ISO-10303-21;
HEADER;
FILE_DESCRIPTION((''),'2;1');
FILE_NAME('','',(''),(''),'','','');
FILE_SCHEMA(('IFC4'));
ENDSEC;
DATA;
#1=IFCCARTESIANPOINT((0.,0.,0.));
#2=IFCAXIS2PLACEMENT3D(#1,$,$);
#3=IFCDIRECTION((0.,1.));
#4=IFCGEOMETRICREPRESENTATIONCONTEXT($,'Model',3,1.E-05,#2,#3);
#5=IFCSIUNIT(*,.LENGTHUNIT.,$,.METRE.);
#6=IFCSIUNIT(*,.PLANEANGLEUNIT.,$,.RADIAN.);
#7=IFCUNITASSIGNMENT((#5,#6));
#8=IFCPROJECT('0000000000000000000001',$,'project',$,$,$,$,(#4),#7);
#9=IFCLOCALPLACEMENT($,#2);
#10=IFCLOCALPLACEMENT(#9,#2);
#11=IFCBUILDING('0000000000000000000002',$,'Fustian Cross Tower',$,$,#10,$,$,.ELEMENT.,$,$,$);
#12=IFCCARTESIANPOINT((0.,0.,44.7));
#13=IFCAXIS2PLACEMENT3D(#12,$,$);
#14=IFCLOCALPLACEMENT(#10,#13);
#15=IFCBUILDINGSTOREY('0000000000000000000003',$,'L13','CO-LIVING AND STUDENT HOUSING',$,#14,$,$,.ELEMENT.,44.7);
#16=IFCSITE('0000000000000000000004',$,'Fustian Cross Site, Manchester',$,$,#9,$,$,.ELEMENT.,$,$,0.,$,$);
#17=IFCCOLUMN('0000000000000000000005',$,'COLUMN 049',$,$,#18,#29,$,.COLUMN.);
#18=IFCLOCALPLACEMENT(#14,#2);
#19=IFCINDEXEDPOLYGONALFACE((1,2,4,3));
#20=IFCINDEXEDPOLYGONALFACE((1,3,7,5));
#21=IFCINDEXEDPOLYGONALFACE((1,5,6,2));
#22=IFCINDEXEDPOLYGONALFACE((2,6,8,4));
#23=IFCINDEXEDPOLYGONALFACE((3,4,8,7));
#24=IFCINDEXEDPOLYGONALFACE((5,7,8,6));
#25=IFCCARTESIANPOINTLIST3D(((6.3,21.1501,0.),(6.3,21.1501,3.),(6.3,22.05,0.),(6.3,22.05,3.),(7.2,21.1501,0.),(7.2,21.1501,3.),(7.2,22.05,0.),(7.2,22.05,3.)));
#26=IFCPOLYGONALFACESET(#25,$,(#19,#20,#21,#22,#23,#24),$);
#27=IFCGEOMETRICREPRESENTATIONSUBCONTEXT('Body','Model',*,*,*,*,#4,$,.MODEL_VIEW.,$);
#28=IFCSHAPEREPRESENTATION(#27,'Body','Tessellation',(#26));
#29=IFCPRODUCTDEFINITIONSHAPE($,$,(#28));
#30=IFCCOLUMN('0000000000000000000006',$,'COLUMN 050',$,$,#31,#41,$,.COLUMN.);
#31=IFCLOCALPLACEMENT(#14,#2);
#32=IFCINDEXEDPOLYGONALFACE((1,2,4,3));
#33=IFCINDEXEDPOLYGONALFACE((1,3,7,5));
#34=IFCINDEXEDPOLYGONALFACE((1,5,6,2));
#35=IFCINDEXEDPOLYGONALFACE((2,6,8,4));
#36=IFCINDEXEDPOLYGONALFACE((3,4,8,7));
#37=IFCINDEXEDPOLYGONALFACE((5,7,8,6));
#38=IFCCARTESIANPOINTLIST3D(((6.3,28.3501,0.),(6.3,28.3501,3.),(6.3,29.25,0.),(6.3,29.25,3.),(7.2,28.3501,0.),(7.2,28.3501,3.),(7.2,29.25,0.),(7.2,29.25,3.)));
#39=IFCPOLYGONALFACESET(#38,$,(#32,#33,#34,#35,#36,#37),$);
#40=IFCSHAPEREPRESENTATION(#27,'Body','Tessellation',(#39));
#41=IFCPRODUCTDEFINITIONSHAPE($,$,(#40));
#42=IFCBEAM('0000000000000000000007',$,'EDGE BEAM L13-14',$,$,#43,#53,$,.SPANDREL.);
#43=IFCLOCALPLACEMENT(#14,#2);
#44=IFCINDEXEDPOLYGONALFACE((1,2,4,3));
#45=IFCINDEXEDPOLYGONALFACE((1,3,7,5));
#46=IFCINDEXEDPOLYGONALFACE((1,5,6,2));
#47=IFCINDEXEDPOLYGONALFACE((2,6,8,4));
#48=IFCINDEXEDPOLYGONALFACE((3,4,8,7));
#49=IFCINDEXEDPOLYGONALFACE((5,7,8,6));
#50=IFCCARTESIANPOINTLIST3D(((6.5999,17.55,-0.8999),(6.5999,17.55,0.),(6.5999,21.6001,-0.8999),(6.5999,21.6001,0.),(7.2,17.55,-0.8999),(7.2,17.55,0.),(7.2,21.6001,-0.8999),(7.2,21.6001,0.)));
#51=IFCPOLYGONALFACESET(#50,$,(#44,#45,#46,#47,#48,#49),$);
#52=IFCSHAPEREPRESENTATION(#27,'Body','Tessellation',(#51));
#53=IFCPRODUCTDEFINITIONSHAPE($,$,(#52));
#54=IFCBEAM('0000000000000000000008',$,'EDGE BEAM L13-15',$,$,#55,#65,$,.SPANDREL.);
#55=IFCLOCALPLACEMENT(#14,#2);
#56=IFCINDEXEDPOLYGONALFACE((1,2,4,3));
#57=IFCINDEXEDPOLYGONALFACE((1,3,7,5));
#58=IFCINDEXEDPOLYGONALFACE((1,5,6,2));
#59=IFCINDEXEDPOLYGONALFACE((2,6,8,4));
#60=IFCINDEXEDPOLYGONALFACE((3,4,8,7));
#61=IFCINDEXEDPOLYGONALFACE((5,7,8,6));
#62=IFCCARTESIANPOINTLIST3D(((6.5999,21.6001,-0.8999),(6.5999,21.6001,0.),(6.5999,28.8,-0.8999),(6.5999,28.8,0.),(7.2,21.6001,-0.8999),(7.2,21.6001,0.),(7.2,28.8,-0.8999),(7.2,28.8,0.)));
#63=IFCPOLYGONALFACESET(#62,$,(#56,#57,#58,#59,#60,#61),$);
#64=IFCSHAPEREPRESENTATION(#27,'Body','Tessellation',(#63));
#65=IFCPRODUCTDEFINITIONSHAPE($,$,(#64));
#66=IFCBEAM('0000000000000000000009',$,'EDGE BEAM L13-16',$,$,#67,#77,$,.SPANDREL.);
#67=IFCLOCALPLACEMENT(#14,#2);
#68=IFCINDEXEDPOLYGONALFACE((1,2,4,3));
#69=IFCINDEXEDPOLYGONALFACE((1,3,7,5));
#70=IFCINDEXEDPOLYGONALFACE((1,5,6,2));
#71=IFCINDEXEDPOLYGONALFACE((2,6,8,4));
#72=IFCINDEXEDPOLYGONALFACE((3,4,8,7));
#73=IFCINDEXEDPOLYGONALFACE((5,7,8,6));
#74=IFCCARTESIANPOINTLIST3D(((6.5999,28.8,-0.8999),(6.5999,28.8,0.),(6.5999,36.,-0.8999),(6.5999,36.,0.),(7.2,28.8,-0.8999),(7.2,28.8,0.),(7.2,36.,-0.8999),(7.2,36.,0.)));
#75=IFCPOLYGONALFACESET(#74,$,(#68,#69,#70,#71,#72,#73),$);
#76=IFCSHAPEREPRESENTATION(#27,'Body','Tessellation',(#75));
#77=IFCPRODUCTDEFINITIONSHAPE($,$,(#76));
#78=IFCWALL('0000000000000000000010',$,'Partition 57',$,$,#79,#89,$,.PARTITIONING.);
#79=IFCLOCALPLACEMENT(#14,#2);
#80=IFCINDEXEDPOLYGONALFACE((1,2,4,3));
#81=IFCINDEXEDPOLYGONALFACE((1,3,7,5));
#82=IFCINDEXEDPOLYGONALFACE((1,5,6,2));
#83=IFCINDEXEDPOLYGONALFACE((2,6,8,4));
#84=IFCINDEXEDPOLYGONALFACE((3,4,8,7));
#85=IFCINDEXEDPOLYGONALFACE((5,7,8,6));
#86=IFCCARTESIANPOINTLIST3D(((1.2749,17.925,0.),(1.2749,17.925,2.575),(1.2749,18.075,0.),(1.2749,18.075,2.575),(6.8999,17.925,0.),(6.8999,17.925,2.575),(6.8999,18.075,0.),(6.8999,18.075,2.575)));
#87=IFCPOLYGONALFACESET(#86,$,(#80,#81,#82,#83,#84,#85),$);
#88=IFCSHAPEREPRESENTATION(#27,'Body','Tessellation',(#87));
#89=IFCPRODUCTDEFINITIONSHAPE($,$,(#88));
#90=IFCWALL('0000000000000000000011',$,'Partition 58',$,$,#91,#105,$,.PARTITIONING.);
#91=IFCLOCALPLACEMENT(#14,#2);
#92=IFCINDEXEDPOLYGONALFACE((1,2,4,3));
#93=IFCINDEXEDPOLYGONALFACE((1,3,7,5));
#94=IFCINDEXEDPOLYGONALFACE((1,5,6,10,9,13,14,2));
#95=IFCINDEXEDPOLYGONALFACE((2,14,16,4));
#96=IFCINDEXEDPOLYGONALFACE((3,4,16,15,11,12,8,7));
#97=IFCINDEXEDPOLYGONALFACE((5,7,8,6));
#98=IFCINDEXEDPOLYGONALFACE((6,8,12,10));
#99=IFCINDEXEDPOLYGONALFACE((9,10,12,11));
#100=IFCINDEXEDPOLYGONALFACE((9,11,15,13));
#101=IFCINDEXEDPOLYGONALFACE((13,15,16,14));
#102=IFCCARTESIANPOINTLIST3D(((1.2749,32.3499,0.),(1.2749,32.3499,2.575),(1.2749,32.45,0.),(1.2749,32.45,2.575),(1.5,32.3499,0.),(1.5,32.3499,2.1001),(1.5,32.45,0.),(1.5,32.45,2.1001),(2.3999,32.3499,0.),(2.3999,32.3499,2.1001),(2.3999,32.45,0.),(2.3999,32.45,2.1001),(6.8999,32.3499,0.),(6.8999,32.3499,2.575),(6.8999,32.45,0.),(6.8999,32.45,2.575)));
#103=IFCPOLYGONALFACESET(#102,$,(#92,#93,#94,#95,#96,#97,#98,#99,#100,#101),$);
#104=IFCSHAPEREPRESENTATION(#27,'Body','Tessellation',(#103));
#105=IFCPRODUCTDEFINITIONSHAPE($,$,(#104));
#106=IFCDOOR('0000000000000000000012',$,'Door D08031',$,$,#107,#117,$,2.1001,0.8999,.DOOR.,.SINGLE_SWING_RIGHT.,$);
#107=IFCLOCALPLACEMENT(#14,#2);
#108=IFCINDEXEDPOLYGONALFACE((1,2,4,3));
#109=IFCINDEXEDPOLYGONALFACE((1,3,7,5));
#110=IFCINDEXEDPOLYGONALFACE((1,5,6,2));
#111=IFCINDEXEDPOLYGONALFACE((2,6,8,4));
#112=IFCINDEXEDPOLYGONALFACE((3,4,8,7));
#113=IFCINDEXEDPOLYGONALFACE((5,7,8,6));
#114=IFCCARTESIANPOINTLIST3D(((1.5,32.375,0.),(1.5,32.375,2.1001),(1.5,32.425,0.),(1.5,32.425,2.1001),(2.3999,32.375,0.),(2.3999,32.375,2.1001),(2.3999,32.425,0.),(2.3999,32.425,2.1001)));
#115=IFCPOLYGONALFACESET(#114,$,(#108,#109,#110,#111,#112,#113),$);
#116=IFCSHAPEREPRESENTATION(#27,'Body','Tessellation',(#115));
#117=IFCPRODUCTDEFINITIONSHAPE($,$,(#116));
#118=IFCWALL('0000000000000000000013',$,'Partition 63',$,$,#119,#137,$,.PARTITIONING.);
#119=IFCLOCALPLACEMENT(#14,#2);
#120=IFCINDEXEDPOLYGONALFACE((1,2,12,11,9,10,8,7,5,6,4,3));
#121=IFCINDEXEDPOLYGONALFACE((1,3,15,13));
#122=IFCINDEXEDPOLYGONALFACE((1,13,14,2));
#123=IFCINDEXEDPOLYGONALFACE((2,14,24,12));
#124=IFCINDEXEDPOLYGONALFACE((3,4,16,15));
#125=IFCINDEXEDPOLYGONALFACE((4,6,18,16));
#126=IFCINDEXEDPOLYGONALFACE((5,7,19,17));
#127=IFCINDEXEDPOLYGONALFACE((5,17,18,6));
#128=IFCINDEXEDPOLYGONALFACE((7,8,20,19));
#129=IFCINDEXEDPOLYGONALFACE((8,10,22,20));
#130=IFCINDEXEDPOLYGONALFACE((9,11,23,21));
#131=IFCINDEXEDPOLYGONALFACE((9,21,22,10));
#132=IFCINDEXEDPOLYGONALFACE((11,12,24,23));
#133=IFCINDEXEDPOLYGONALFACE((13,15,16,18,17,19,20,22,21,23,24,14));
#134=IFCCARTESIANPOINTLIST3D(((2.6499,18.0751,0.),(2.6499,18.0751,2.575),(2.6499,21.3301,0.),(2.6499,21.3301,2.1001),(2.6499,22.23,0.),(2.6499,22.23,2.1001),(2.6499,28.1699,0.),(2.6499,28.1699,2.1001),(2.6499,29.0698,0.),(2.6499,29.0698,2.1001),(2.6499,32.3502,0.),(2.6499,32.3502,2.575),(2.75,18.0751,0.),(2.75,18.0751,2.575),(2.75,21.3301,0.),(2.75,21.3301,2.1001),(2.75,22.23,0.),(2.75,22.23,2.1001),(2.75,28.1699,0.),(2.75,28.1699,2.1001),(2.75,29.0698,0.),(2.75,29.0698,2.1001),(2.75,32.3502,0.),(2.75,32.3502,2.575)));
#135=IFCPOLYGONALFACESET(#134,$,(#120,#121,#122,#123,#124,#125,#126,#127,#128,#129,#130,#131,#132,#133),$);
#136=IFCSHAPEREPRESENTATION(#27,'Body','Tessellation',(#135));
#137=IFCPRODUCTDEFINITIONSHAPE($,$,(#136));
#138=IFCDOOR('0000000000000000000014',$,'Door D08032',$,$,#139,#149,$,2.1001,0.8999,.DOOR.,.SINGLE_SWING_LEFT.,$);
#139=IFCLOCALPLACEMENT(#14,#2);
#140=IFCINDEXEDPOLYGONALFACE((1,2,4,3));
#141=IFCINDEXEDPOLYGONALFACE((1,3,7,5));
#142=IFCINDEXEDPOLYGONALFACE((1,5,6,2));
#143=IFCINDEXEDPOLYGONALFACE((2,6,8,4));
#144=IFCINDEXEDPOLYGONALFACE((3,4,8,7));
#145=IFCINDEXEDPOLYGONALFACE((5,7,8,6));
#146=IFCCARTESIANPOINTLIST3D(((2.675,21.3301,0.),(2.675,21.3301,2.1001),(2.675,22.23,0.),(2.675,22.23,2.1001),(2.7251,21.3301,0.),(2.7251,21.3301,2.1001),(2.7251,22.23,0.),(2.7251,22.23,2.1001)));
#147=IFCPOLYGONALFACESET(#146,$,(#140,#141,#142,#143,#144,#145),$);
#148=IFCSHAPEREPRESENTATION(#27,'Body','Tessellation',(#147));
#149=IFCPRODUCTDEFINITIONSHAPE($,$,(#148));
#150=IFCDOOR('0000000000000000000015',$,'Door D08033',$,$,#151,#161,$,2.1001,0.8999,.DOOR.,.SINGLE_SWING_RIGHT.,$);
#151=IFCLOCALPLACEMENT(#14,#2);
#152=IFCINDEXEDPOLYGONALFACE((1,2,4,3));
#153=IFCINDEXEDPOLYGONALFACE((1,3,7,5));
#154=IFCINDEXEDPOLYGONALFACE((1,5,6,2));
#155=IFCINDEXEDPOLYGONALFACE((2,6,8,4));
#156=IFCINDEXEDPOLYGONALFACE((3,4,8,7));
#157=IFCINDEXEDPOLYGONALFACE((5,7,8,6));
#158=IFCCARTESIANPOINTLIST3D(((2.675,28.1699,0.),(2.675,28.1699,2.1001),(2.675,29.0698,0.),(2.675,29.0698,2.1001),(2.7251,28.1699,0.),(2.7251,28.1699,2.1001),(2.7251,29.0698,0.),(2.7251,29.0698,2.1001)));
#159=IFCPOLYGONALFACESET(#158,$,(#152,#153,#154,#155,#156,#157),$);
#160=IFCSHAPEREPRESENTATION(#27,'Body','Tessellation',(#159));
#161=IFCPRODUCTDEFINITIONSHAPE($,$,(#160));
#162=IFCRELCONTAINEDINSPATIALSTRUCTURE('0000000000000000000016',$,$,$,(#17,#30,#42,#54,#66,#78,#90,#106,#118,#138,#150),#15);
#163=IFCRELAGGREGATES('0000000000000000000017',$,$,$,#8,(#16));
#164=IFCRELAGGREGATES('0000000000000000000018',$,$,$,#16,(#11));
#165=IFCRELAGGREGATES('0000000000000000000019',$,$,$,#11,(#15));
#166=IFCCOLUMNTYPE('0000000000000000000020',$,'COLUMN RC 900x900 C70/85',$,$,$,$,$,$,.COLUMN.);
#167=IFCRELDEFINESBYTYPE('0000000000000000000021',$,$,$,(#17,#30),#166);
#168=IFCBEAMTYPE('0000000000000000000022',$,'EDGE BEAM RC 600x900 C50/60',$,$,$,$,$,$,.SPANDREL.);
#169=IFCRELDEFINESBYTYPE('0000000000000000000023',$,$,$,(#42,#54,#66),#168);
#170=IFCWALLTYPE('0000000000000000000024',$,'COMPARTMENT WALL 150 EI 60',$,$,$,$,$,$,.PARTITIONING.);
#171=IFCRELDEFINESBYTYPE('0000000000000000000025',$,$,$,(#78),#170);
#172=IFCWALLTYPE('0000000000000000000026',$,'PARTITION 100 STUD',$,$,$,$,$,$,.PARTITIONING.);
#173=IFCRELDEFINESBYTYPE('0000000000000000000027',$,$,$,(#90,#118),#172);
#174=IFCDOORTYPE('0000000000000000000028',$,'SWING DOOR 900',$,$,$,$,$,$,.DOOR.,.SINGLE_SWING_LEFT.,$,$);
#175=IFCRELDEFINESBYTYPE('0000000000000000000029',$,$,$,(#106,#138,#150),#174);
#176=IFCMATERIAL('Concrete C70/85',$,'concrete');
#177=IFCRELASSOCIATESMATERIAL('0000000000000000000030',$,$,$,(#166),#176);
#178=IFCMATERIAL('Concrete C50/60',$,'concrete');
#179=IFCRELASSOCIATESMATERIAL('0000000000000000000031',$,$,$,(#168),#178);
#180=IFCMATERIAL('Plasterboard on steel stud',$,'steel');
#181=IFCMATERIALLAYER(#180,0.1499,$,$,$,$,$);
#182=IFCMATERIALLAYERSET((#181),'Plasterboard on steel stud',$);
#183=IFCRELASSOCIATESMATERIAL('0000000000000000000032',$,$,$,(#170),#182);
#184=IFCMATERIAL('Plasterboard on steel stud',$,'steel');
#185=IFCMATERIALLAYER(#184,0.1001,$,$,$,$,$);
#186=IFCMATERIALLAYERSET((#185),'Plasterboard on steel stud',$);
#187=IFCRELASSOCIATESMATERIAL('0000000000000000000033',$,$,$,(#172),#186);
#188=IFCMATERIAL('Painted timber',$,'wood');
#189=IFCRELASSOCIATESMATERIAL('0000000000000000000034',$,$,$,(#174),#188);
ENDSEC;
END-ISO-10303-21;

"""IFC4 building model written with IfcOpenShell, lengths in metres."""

from ifc_helpers import new_model, si_unit, direction, frame, frame_2d, origin, origin_2d, place, context, subcontext, project, spatial, rectangle, extrude, material, layer, layer_set, material_profile, profile_set, type_object, element, fill, save


model = new_model("IFC4")

# Units and contexts
model_context = context("Model", 3, precision=1e-05, world=origin(), true_north=direction((0.0, 1.0)))
body_context = subcontext(model_context, "Body", "Model", "MODEL_VIEW")
ifc_project = project(units=[si_unit("LENGTHUNIT", "METRE"), si_unit("PLANEANGLEUNIT", "RADIAN")], contexts=[model_context])

# Site, building, storey
site_placement = place(None, origin())
site = spatial("IfcSite", under=ifc_project, at=site_placement, Name="Fustian Cross Site, Manchester", CompositionType="ELEMENT", RefElevation=0.0)
building_placement = place(site_placement, origin())
building = spatial("IfcBuilding", under=site, at=building_placement, Name="Fustian Cross Tower", CompositionType="ELEMENT")
storey_placement = place(building_placement, frame((0.0, 0.0, 44.7)))
storey = spatial("IfcBuildingStorey", under=building, at=storey_placement, Name="L13", Description="CO-LIVING AND STUDENT HOUSING", CompositionType="ELEMENT", Elevation=44.7)

# Columns
ifc_material_1 = material(Name="Concrete C70/85", Category="concrete")
ifc_material_profile_1 = material_profile(ifc_material_1, rectangle(XDim=0.8999, YDim=0.8999, at=origin_2d()), Name="RC 900x900")
ifc_profile_set_1 = profile_set([ifc_material_profile_1], Name="Concrete C70/85")
column_type = type_object("IfcColumnType", Name="COLUMN RC 900x900 C70/85", PredefinedType="COLUMN", material=ifc_profile_set_1)
for number, where, z_axis, x_axis, name in (
    (1, (6.75, 21.6001, 0.0), (0.0, 0.0, 1.0), (1.0, 0.0, 0.0), "COLUMN 049"),
    (2, (6.75, 28.8, 0.0), (0.0, 0.0, 1.0), (1.0, 0.0, 0.0), "COLUMN 050"),
):
    element("IfcColumn", number, at=place(storey_placement, frame(where, z_axis=z_axis, x_axis=x_axis)), inside=storey, type_object=column_type, Name=name, PredefinedType="COLUMN", context=body_context, shape_type="SweptSolid", body=[
        extrude(rectangle(XDim=0.8999, YDim=0.8999, at=origin_2d()), origin(), (0.0, 0.0, 1.0), 3.0),
    ])

# Beams
ifc_material_2 = material(Name="Concrete C50/60", Category="concrete")
ifc_material_profile_2 = material_profile(ifc_material_2, rectangle(XDim=0.6001, YDim=0.8999, at=origin_2d()), Name="RC 600x900")
ifc_profile_set_2 = profile_set([ifc_material_profile_2], Name="Concrete C50/60")
beam_type = type_object("IfcBeamType", Name="EDGE BEAM RC 600x900 C50/60", PredefinedType="SPANDREL", material=ifc_profile_set_2)
beam_placement = place(storey_placement, frame((6.8999, 17.55, -0.45), z_axis=(0.0, 1.0, 0.0), x_axis=(-1.0, 0.0, 0.0)))
element("IfcBeam", 3, at=beam_placement, inside=storey, type_object=beam_type, Name="EDGE BEAM L13-14", PredefinedType="SPANDREL", context=body_context, shape_type="SweptSolid", body=[
    extrude(rectangle(XDim=0.6001, YDim=0.8999, at=origin_2d()), origin(), (0.0, 0.0, 1.0), 4.05),
])
for number, where, z_axis, x_axis, name in (
    (4, (6.8999, 21.6001, -0.45), (0.0, 1.0, 0.0), (-1.0, 0.0, 0.0), "EDGE BEAM L13-15"),
    (5, (6.8999, 28.8, -0.45), (0.0, 1.0, 0.0), (-1.0, 0.0, 0.0), "EDGE BEAM L13-16"),
):
    element("IfcBeam", number, at=place(storey_placement, frame(where, z_axis=z_axis, x_axis=x_axis)), inside=storey, type_object=beam_type, Name=name, PredefinedType="SPANDREL", context=body_context, shape_type="SweptSolid", body=[
        extrude(rectangle(XDim=0.6001, YDim=0.8999, at=origin_2d()), origin(), (0.0, 0.0, 1.0), 7.2),
    ])

# Wall
ifc_material_3 = material(Name="Plasterboard on steel stud", Category="steel")
ifc_layer_1 = layer(ifc_material_3, 0.1499)
ifc_layer_set_1 = layer_set([ifc_layer_1], Name="Plasterboard on steel stud")
wall_type_1 = type_object("IfcWallType", Name="COMPARTMENT WALL 150 EI 60", PredefinedType="PARTITIONING", material=ifc_layer_set_1)
wall_1_placement = place(storey_placement, frame((1.2749, 18.0, 0.0), z_axis=(0.0, 0.0, 1.0), x_axis=(1.0, 0.0, 0.0)))
element("IfcWall", 6, at=wall_1_placement, inside=storey, type_object=wall_type_1, Name="Partition 57", PredefinedType="PARTITIONING", context=body_context, shape_type="SweptSolid", body=[
    extrude(rectangle(XDim=5.625, YDim=0.1499, at=frame_2d((2.8125, 0.0))), origin(), (0.0, 0.0, 1.0), 2.575),
])

# Wall, opening, door
ifc_material_4 = material(Name="Plasterboard on steel stud", Category="steel")
ifc_layer_2 = layer(ifc_material_4, 0.1001)
ifc_layer_set_2 = layer_set([ifc_layer_2], Name="Plasterboard on steel stud")
wall_type_2 = type_object("IfcWallType", Name="PARTITION 100 STUD", PredefinedType="PARTITIONING", material=ifc_layer_set_2)
wall_2_placement = place(storey_placement, frame((1.2749, 32.3999, 0.0), z_axis=(0.0, 0.0, 1.0), x_axis=(1.0, 0.0, 0.0)))
wall_2 = element("IfcWall", 7, at=wall_2_placement, inside=storey, type_object=wall_type_2, Name="Partition 58", PredefinedType="PARTITIONING", context=body_context, shape_type="SweptSolid", body=[
    extrude(rectangle(XDim=5.625, YDim=0.1001, at=frame_2d((2.8125, 0.0))), origin(), (0.0, 0.0, 1.0), 2.575),
])
opening_1_placement = place(wall_2_placement, frame((0.2251, 0.0, 0.0)))
opening_1 = element("IfcOpeningElement", 8, at=opening_1_placement, cuts=wall_2, PredefinedType="OPENING", context=body_context, shape_type="SweptSolid", body=[
    extrude(rectangle(XDim=0.8999, YDim=2.1001, at=frame_2d((0.45, 1.05))), frame((0.0, 0.0601, 0.0), z_axis=(0.0, -1.0, 0.0), x_axis=(1.0, 0.0, 0.0)), (0.0, 0.0, 1.0), 0.1201),
])
ifc_material_5 = material(Name="Painted timber", Category="wood")
door_type_1 = type_object("IfcDoorType", Name="SWING DOOR 900", OperationType="SINGLE_SWING_LEFT", PredefinedType="DOOR", material=ifc_material_5)
door_1_placement = place(opening_1_placement, frame((0.8999, 0.0, 0.0), z_axis=(0.0, 0.0, 1.0), x_axis=(-1.0, 0.0, 0.0)))
door_1 = element("IfcDoor", 9, at=door_1_placement, inside=storey, type_object=door_type_1, Name="Door D08031", OperationType="SINGLE_SWING_RIGHT", OverallHeight=2.1001, OverallWidth=0.8999, PredefinedType="DOOR", context=body_context, shape_type="SweptSolid", body=[
    extrude(rectangle(XDim=0.8999, YDim=2.1001, at=frame_2d((0.45, 1.05))), frame((0.0, 0.0249, 0.0), z_axis=(0.0, -1.0, 0.0), x_axis=(1.0, 0.0, 0.0)), (0.0, 0.0, 1.0), 0.05),
])
fill(opening_1, door_1)

# Wall, openings, doors
wall_3_placement = place(storey_placement, frame((2.7, 18.075, 0.0), z_axis=(0.0, 0.0, 1.0), x_axis=(0.0, 1.0, 0.0)))
wall_3 = element("IfcWall", 10, at=wall_3_placement, inside=storey, type_object=wall_type_2, Name="Partition 63", PredefinedType="PARTITIONING", context=body_context, shape_type="SweptSolid", body=[
    extrude(rectangle(XDim=14.2751, YDim=0.1001, at=frame_2d((7.1377, 0.0))), origin(), (0.0, 0.0, 1.0), 2.575),
])
opening_2_placement = place(wall_3_placement, frame((3.2551, 0.0, 0.0)))
opening_2 = element("IfcOpeningElement", 11, at=opening_2_placement, cuts=wall_3, PredefinedType="OPENING", context=body_context, shape_type="SweptSolid", body=[
    extrude(rectangle(XDim=0.8999, YDim=2.1001, at=frame_2d((0.45, 1.05))), frame((0.0, 0.0601, 0.0), z_axis=(0.0, -1.0, 0.0), x_axis=(1.0, 0.0, 0.0)), (0.0, 0.0, 1.0), 0.1201),
])
opening_3_placement = place(wall_3_placement, frame((10.095, 0.0, 0.0)))
opening_3 = element("IfcOpeningElement", 12, at=opening_3_placement, cuts=wall_3, PredefinedType="OPENING", context=body_context, shape_type="SweptSolid", body=[
    extrude(rectangle(XDim=0.8999, YDim=2.1001, at=frame_2d((0.45, 1.05))), frame((0.0, 0.0601, 0.0), z_axis=(0.0, -1.0, 0.0), x_axis=(1.0, 0.0, 0.0)), (0.0, 0.0, 1.0), 0.1201),
])
door_2_placement = place(opening_2_placement, origin())
door_2 = element("IfcDoor", 13, at=door_2_placement, inside=storey, type_object=door_type_1, Name="Door D08032", OperationType="SINGLE_SWING_LEFT", OverallHeight=2.1001, OverallWidth=0.8999, PredefinedType="DOOR", context=body_context, shape_type="SweptSolid", body=[
    extrude(rectangle(XDim=0.8999, YDim=2.1001, at=frame_2d((0.45, 1.05))), frame((0.0, 0.0249, 0.0), z_axis=(0.0, -1.0, 0.0), x_axis=(1.0, 0.0, 0.0)), (0.0, 0.0, 1.0), 0.05),
])
fill(opening_2, door_2)
door_3_placement = place(opening_3_placement, origin())
door_3 = element("IfcDoor", 14, at=door_3_placement, inside=storey, type_object=door_type_1, Name="Door D08033", OperationType="SINGLE_SWING_RIGHT", OverallHeight=2.1001, OverallWidth=0.8999, PredefinedType="DOOR", context=body_context, shape_type="SweptSolid", body=[
    extrude(rectangle(XDim=0.8999, YDim=2.1001, at=frame_2d((0.45, 1.05))), frame((0.0, 0.0249, 0.0), z_axis=(0.0, -1.0, 0.0), x_axis=(1.0, 0.0, 0.0)), (0.0, 0.0, 1.0), 0.05),
])
fill(opening_3, door_3)

save(model, "model.ifc")
